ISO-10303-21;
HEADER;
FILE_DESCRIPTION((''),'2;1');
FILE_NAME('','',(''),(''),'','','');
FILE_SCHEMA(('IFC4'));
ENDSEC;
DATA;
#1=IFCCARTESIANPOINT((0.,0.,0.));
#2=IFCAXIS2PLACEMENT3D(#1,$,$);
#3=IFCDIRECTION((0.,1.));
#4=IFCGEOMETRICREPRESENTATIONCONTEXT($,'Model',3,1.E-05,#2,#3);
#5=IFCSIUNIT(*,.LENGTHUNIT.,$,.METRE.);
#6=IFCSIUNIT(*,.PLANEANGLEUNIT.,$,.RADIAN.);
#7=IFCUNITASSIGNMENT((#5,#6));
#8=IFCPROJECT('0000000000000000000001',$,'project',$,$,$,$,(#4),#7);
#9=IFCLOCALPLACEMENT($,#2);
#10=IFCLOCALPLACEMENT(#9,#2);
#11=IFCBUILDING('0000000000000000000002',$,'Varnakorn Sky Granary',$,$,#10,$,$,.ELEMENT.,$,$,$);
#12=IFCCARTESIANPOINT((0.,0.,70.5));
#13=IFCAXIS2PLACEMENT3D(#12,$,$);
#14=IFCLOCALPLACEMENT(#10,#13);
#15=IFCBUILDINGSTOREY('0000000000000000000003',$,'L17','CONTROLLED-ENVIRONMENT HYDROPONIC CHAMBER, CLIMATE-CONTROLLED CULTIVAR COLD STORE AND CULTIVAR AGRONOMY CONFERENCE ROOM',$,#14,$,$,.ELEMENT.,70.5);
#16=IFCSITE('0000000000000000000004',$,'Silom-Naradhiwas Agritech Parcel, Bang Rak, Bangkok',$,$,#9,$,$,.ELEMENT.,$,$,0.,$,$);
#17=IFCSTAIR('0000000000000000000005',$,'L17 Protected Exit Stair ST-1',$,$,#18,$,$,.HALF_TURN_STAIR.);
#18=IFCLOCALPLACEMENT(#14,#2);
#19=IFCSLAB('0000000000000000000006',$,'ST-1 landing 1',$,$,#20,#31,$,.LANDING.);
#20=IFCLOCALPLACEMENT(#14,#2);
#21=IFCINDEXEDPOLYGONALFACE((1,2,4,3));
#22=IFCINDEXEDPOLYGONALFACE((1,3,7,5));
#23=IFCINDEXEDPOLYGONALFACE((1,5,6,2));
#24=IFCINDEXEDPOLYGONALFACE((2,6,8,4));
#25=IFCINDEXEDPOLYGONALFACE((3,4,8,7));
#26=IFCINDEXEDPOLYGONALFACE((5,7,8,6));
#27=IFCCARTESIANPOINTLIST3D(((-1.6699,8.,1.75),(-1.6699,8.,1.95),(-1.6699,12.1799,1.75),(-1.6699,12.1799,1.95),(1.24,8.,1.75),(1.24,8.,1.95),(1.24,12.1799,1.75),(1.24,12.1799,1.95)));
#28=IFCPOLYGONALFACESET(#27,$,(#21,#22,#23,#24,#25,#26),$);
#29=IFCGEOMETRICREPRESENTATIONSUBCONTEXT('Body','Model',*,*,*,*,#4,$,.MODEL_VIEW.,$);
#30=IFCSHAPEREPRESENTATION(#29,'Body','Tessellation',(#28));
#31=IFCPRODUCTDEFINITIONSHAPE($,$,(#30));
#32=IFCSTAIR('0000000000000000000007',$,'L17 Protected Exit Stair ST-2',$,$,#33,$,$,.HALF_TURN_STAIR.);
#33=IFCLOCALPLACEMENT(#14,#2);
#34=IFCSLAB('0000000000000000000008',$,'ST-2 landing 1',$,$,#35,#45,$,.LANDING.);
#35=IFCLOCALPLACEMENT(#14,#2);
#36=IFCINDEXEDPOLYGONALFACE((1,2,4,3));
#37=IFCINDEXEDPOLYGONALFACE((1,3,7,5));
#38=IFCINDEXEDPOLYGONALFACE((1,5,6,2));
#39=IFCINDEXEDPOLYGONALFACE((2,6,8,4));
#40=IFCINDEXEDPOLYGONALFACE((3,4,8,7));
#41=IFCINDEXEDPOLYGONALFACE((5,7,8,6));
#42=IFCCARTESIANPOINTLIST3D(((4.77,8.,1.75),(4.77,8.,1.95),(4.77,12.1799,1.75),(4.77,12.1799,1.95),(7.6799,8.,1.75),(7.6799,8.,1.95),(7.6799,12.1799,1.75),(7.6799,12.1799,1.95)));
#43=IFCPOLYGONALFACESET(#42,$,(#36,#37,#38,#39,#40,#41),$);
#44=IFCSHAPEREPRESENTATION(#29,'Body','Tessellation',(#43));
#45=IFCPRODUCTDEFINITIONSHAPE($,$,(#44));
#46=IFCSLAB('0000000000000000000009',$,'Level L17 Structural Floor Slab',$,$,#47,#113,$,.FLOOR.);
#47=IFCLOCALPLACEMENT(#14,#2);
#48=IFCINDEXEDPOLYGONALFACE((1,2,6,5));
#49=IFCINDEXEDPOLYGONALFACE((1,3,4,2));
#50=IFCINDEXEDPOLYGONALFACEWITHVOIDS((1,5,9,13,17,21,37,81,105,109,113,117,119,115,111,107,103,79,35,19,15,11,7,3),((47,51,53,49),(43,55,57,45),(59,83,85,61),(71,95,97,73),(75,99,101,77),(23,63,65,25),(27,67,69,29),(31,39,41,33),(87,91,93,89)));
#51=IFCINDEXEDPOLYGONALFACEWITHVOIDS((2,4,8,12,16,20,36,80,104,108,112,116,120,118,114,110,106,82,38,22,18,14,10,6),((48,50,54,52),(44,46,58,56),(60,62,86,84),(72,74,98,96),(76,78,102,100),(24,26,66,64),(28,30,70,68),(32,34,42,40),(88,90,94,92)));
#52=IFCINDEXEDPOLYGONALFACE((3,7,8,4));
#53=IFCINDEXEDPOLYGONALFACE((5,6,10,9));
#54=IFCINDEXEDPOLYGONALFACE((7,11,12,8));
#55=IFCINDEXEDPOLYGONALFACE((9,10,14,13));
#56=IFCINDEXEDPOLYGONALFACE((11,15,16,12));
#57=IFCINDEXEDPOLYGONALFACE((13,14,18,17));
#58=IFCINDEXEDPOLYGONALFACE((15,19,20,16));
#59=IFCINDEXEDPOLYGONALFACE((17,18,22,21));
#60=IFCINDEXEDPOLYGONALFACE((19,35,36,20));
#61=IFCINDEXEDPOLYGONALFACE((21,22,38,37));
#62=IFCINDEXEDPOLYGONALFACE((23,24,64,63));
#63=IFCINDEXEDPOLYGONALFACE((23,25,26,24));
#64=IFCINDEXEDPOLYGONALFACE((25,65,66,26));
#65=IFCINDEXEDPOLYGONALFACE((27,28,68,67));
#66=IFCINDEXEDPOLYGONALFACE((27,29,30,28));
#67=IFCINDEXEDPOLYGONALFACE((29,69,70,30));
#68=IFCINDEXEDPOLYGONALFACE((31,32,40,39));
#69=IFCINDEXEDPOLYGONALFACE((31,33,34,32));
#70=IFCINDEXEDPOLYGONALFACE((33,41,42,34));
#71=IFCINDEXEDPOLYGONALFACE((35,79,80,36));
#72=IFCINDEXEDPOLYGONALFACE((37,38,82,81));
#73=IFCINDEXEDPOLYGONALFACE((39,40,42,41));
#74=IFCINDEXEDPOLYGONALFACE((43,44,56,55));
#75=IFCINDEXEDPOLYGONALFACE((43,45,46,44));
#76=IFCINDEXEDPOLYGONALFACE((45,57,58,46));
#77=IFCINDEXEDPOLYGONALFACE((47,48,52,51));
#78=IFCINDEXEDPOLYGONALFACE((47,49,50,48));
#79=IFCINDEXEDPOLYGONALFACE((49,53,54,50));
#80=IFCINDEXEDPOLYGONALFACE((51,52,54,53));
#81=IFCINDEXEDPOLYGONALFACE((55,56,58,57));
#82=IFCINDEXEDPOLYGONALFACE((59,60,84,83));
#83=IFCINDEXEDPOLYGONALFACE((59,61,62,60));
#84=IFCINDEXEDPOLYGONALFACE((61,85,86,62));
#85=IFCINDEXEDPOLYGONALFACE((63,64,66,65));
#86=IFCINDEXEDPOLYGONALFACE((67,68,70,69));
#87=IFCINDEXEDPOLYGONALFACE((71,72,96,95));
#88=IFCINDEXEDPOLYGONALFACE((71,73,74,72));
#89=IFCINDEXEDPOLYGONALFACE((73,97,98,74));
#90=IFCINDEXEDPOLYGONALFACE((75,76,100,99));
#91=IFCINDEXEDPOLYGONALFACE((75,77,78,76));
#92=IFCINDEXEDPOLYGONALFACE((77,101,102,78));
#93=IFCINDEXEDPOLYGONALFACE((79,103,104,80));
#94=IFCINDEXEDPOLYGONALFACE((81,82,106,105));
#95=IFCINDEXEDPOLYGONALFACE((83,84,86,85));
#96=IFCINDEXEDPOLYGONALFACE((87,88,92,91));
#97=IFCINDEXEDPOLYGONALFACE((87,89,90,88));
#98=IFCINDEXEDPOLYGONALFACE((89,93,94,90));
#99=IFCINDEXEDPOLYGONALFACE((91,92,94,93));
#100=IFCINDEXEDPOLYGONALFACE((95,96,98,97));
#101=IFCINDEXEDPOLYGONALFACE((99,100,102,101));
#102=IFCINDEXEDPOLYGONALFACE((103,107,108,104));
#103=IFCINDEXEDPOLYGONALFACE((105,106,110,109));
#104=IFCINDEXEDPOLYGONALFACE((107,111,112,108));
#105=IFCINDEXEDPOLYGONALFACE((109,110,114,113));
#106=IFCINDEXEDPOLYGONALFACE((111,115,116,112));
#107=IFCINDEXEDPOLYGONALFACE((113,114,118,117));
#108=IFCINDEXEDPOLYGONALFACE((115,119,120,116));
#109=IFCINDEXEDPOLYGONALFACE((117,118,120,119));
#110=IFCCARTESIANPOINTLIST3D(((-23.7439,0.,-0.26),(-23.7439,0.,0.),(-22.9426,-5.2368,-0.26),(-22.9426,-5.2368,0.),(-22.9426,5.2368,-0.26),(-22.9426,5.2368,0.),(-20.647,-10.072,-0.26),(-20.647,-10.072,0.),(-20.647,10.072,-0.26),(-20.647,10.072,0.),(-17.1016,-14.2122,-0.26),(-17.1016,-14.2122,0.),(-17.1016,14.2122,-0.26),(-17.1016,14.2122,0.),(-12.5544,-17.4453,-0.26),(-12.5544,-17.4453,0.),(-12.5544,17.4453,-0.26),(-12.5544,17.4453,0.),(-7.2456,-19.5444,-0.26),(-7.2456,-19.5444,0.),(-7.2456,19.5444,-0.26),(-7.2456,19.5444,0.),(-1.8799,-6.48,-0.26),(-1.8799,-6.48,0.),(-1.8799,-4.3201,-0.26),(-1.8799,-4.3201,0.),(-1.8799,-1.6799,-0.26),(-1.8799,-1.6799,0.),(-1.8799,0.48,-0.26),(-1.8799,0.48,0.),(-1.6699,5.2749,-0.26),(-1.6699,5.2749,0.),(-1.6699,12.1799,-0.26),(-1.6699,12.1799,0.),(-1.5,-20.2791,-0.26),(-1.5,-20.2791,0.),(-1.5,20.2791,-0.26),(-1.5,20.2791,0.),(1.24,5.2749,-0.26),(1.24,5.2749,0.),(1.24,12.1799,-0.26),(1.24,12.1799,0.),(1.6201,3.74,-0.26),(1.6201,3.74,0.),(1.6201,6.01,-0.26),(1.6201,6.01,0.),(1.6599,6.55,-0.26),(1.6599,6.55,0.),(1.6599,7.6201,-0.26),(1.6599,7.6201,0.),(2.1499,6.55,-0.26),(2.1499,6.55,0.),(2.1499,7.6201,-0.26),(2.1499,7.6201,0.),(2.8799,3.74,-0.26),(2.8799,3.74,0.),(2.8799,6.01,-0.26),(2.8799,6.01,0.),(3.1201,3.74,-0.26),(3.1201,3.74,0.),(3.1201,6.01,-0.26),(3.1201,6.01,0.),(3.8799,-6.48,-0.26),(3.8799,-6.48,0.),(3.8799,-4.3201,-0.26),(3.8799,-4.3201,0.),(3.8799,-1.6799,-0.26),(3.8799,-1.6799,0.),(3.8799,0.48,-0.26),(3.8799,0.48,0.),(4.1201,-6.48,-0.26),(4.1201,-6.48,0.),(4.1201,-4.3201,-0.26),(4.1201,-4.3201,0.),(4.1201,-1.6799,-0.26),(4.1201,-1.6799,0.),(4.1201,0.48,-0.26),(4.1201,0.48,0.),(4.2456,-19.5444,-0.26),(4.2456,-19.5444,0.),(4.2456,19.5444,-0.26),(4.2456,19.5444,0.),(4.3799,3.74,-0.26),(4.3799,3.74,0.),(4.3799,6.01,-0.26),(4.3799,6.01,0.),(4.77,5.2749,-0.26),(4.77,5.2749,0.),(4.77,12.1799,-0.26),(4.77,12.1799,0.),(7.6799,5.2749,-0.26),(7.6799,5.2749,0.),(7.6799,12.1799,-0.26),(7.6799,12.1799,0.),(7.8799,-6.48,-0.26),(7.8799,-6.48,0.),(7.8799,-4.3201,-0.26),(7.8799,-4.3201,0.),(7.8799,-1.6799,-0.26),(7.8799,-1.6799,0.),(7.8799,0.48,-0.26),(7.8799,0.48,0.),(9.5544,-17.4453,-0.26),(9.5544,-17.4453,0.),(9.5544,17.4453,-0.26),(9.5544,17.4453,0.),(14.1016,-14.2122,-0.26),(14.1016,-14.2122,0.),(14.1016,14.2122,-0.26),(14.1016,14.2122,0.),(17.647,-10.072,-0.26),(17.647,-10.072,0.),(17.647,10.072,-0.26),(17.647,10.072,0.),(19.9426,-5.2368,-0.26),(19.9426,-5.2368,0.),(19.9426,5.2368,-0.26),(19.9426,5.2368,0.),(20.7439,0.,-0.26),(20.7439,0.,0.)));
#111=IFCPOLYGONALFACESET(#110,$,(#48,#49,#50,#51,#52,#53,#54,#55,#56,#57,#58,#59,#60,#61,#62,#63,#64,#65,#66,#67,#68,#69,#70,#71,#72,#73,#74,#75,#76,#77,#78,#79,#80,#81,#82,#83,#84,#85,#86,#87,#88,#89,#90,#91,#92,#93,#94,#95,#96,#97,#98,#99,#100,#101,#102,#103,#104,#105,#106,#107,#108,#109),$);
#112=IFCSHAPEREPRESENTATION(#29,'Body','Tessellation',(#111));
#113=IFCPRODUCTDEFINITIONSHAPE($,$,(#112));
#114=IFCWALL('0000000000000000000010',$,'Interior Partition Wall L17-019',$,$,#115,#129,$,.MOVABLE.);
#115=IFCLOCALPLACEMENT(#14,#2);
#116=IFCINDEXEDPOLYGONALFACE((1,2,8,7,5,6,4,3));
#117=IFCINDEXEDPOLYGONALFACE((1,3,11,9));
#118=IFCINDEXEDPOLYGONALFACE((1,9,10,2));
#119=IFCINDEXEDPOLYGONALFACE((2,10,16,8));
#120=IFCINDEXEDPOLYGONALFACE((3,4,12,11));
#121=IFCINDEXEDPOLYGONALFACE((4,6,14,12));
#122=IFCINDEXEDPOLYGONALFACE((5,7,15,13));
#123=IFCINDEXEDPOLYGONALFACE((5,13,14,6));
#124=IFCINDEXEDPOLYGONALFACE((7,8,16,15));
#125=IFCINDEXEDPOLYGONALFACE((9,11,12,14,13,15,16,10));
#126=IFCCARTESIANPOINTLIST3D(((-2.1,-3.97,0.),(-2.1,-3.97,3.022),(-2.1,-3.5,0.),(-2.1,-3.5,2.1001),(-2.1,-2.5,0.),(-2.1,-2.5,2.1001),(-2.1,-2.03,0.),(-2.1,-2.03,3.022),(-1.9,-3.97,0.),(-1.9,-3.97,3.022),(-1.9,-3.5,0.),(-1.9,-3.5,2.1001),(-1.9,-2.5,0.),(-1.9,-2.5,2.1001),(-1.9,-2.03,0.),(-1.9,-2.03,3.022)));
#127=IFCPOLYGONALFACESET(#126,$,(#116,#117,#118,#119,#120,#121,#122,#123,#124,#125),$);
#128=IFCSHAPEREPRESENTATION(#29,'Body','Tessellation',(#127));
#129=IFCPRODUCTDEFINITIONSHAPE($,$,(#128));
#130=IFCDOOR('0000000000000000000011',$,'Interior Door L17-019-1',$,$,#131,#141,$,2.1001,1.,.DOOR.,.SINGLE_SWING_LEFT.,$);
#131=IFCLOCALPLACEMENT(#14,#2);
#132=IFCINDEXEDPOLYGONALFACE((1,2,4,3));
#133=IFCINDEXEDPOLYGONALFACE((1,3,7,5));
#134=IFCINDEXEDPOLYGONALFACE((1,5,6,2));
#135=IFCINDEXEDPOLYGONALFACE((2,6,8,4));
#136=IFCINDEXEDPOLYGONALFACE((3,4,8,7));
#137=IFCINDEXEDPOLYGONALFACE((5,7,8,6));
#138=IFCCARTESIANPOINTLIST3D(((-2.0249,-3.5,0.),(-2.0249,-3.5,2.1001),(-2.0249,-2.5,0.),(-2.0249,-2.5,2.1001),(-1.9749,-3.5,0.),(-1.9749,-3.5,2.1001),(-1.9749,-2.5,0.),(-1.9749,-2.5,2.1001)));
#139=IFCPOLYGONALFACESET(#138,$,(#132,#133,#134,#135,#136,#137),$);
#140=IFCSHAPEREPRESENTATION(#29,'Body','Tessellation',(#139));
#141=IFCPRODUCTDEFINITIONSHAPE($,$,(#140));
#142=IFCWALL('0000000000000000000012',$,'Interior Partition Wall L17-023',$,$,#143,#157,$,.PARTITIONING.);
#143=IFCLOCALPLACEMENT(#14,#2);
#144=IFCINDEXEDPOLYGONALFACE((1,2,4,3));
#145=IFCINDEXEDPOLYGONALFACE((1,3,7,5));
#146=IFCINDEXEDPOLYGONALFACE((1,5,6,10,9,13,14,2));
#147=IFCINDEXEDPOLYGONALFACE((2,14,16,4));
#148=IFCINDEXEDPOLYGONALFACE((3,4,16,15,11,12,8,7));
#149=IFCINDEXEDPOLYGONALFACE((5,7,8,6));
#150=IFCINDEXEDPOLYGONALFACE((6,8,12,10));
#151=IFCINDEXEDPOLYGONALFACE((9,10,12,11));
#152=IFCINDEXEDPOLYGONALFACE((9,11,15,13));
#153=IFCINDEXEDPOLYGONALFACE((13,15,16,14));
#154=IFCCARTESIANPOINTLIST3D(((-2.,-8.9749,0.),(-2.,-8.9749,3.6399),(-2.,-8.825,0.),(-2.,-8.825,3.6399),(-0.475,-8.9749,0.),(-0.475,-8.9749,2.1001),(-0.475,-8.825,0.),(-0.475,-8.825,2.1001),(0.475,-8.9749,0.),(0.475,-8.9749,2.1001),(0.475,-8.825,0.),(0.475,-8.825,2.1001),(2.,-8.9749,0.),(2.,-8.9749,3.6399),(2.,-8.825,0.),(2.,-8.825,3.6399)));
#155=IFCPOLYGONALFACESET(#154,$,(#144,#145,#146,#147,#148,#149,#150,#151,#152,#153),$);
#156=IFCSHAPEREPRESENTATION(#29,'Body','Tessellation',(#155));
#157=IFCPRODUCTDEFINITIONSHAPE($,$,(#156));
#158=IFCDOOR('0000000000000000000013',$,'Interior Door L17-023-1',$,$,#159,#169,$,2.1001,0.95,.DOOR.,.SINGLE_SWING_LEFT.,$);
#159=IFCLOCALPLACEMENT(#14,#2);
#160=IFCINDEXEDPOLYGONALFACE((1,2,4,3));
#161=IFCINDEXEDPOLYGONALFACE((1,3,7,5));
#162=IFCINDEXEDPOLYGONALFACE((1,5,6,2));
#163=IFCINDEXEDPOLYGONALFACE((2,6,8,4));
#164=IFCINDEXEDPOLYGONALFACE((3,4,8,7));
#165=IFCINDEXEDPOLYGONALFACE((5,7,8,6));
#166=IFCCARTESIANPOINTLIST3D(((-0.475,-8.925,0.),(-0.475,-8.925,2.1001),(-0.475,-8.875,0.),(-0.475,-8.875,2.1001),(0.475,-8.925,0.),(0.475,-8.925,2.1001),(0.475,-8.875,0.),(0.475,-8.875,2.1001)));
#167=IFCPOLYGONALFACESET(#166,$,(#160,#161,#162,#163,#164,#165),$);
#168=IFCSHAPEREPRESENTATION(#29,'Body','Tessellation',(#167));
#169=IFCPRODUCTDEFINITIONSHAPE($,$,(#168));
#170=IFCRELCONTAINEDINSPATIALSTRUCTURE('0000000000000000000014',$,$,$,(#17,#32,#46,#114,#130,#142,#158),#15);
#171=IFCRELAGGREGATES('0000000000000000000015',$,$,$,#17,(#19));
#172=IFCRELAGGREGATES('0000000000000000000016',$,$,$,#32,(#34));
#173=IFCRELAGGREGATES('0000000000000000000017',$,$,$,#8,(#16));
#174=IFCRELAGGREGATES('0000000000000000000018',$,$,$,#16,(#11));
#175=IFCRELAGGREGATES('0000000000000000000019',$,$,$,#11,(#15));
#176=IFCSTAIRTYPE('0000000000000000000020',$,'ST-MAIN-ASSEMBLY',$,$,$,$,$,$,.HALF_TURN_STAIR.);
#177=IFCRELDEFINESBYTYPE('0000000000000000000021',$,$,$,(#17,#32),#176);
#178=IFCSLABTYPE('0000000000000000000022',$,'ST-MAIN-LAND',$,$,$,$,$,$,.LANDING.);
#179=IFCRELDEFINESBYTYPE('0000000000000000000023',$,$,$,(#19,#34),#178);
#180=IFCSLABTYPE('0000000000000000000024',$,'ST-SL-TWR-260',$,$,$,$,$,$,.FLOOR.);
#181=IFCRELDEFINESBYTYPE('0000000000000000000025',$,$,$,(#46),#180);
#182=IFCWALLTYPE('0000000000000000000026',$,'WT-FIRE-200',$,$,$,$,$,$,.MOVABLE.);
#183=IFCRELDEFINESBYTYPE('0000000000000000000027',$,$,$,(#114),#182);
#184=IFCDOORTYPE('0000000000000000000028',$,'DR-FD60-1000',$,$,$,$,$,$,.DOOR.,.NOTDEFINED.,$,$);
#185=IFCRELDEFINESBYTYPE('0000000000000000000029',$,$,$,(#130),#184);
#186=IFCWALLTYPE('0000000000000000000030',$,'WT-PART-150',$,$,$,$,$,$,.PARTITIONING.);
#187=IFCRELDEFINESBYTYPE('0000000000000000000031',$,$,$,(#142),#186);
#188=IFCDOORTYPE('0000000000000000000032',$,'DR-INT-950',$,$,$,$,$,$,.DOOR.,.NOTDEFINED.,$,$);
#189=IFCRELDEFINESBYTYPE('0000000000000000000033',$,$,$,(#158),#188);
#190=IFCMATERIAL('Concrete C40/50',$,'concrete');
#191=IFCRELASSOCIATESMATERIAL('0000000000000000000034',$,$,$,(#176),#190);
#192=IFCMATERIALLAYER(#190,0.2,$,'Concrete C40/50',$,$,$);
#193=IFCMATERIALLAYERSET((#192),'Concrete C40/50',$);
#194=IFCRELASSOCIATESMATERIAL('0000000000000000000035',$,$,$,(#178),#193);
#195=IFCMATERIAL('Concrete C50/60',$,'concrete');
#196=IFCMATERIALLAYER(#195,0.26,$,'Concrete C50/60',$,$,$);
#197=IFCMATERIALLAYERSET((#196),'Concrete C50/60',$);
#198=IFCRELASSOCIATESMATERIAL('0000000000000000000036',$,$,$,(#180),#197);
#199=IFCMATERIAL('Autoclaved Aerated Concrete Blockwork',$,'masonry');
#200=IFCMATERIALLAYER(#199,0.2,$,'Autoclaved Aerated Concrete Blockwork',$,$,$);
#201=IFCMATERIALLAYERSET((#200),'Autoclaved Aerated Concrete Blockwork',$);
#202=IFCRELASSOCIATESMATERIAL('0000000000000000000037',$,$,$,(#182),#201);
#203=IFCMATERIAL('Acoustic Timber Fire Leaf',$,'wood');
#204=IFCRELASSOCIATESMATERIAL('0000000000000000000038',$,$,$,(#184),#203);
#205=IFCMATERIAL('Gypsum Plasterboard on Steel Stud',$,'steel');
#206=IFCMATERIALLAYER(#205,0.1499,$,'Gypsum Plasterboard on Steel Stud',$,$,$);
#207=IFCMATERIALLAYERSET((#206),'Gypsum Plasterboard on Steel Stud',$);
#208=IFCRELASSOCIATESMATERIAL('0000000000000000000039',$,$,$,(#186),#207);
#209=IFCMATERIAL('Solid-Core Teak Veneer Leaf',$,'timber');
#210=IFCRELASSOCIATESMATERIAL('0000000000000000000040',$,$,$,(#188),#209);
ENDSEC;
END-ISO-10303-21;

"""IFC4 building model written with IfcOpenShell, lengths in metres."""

from ifc_helpers import new_model, si_unit, direction, frame, frame_2d, origin, place, context, subcontext, project, spatial, polyline, rectangle, outline, extrude, material, layer, layer_set, type_object, element, fill, aggregate, save


model = new_model("IFC4")

# Units and contexts
model_context = context("Model", 3, precision=1e-05, world=origin(), true_north=direction((0.0, 1.0)))
body_context = subcontext(model_context, "Body", "Model", "MODEL_VIEW")
ifc_project = project(units=[si_unit("LENGTHUNIT", "METRE"), si_unit("PLANEANGLEUNIT", "RADIAN")], contexts=[model_context])

# Site, building, storey
site_placement = place(None, origin())
site = spatial("IfcSite", under=ifc_project, at=site_placement, Name="Silom-Naradhiwas Agritech Parcel, Bang Rak, Bangkok", CompositionType="ELEMENT", RefElevation=0.0)
building_placement = place(site_placement, origin())
building = spatial("IfcBuilding", under=site, at=building_placement, Name="Varnakorn Sky Granary", CompositionType="ELEMENT")
storey_placement = place(building_placement, frame((0.0, 0.0, 70.5)))
storey = spatial("IfcBuildingStorey", under=building, at=storey_placement, Name="L17", Description="CONTROLLED-ENVIRONMENT HYDROPONIC CHAMBER, CLIMATE-CONTROLLED CULTIVAR COLD STORE AND CULTIVAR AGRONOMY CONFERENCE ROOM", CompositionType="ELEMENT", Elevation=70.5)

# Stairs, slabs
ifc_material_1 = material(Name="Concrete C40/50", Category="concrete")
stair_type = type_object("IfcStairType", Name="ST-MAIN-ASSEMBLY", PredefinedType="HALF_TURN_STAIR", material=ifc_material_1)
stair_1_placement = place(storey_placement, origin())
stair_1 = element("IfcStair", 1, at=stair_1_placement, inside=storey, type_object=stair_type, Name="L17 Protected Exit Stair ST-1", PredefinedType="HALF_TURN_STAIR")
ifc_layer_1 = layer(ifc_material_1, 0.2, Name="Concrete C40/50")
ifc_layer_set_1 = layer_set([ifc_layer_1], Name="Concrete C40/50")
slab_type_1 = type_object("IfcSlabType", Name="ST-MAIN-LAND", PredefinedType="LANDING", material=ifc_layer_set_1)
slab_1_placement = place(storey_placement, frame((0.0, 0.0, 1.75)))
slab_1 = element("IfcSlab", 2, at=slab_1_placement, type_object=slab_type_1, Name="ST-1 landing 1", PredefinedType="LANDING", context=body_context, shape_type="SweptSolid", body=[
    extrude(outline(polyline([(1.24, 8.0), (1.24, 12.1799), (-1.6699, 12.1799), (-1.6699, 8.0), (1.24, 8.0)])), origin(), (0.0, 0.0, 1.0), 0.2),
])
aggregate(stair_1, [slab_1])
stair_2_placement = place(storey_placement, origin())
stair_2 = element("IfcStair", 3, at=stair_2_placement, inside=storey, type_object=stair_type, Name="L17 Protected Exit Stair ST-2", PredefinedType="HALF_TURN_STAIR")
slab_2_placement = place(storey_placement, frame((0.0, 0.0, 1.75)))
slab_2 = element("IfcSlab", 4, at=slab_2_placement, type_object=slab_type_1, Name="ST-2 landing 1", PredefinedType="LANDING", context=body_context, shape_type="SweptSolid", body=[
    extrude(outline(polyline([(7.6799, 8.0), (7.6799, 12.1799), (4.77, 12.1799), (4.77, 8.0), (7.6799, 8.0)])), origin(), (0.0, 0.0, 1.0), 0.2),
])
aggregate(stair_2, [slab_2])

# Slab
ifc_material_2 = material(Name="Concrete C50/60", Category="concrete")
ifc_layer_2 = layer(ifc_material_2, 0.26, Name="Concrete C50/60")
ifc_layer_set_2 = layer_set([ifc_layer_2], Name="Concrete C50/60")
slab_type_2 = type_object("IfcSlabType", Name="ST-SL-TWR-260", PredefinedType="FLOOR", material=ifc_layer_set_2)
slab_3_placement = place(storey_placement, frame((0.0, 0.0, -0.26)))
element("IfcSlab", 5, at=slab_3_placement, inside=storey, type_object=slab_type_2, Name="Level L17 Structural Floor Slab", PredefinedType="FLOOR", context=body_context, shape_type="SweptSolid", body=[
    extrude(outline(polyline([(20.7439, 0.0), (19.9426, 5.2368), (17.647, 10.072), (14.1016, 14.2122), (9.5544, 17.4453), (4.2456, 19.5444), (-1.5, 20.2791), (-7.2456, 19.5444), (-12.5544, 17.4453), (-17.1016, 14.2122), (-20.647, 10.072), (-22.9426, 5.2368), (-23.7439, 0.0), (-22.9426, -5.2368), (-20.647, -10.072), (-17.1016, -14.2122), (-12.5544, -17.4453), (-7.2456, -19.5444), (-1.5, -20.2791), (4.2456, -19.5444), (9.5544, -17.4453), (14.1016, -14.2122), (17.647, -10.072), (19.9426, -5.2368), (20.7439, 0.0)]), holes=[polyline([(1.24, 5.2749), (1.24, 12.1799), (-1.6699, 12.1799), (-1.6699, 5.2749), (1.24, 5.2749)]), polyline([(7.6799, 5.2749), (7.6799, 12.1799), (4.77, 12.1799), (4.77, 5.2749), (7.6799, 5.2749)]), polyline([(1.6599, 6.55), (2.1499, 6.55), (2.1499, 7.6201), (1.6599, 7.6201), (1.6599, 6.55)]), polyline([(1.6201, 3.74), (2.8799, 3.74), (2.8799, 6.01), (1.6201, 6.01), (1.6201, 3.74)]), polyline([(3.1201, 3.74), (4.3799, 3.74), (4.3799, 6.01), (3.1201, 6.01), (3.1201, 3.74)]), polyline([(-1.8799, -1.6799), (3.8799, -1.6799), (3.8799, 0.48), (-1.8799, 0.48), (-1.8799, -1.6799)]), polyline([(4.1201, -1.6799), (7.8799, -1.6799), (7.8799, 0.48), (4.1201, 0.48), (4.1201, -1.6799)]), polyline([(-1.8799, -6.48), (3.8799, -6.48), (3.8799, -4.3201), (-1.8799, -4.3201), (-1.8799, -6.48)]), polyline([(4.1201, -6.48), (7.8799, -6.48), (7.8799, -4.3201), (4.1201, -4.3201), (4.1201, -6.48)])]), origin(), (0.0, 0.0, 1.0), 0.26),
])

# Walls, openings, doors
ifc_material_3 = material(Name="Autoclaved Aerated Concrete Blockwork", Category="masonry")
ifc_layer_3 = layer(ifc_material_3, 0.2, Name="Autoclaved Aerated Concrete Blockwork")
ifc_layer_set_3 = layer_set([ifc_layer_3], Name="Autoclaved Aerated Concrete Blockwork")
wall_type_1 = type_object("IfcWallType", Name="WT-FIRE-200", PredefinedType="MOVABLE", material=ifc_layer_set_3)
wall_1_placement = place(storey_placement, frame((-2.0, -3.97, 0.0), z_axis=(0.0, 0.0, 1.0), x_axis=(0.0, 1.0, 0.0)))
wall_1 = element("IfcWall", 6, at=wall_1_placement, inside=storey, type_object=wall_type_1, Name="Interior Partition Wall L17-019", PredefinedType="MOVABLE", context=body_context, shape_type="SweptSolid", body=[
    extrude(rectangle(XDim=1.9399, YDim=0.2, at=frame_2d((0.97, 0.0))), origin(), (0.0, 0.0, 1.0), 3.022),
])
opening_1_placement = place(wall_1_placement, frame((0.47, 0.0, 0.0)))
opening_1 = element("IfcOpeningElement", 7, at=opening_1_placement, cuts=wall_1, PredefinedType="OPENING", context=body_context, shape_type="SweptSolid", body=[
    extrude(rectangle(XDim=1.0, YDim=2.1001, at=frame_2d((0.5, 1.05))), frame((0.0, 0.1099, 0.0), z_axis=(0.0, -1.0, 0.0), x_axis=(1.0, 0.0, 0.0)), (0.0, 0.0, 1.0), 0.22),
])
ifc_material_4 = material(Name="Acoustic Timber Fire Leaf", Category="wood")
door_type_1 = type_object("IfcDoorType", Name="DR-FD60-1000", OperationType="NOTDEFINED", PredefinedType="DOOR", material=ifc_material_4)
door_1_placement = place(opening_1_placement, origin())
door_1 = element("IfcDoor", 8, at=door_1_placement, inside=storey, type_object=door_type_1, Name="Interior Door L17-019-1", OperationType="SINGLE_SWING_LEFT", OverallHeight=2.1001, OverallWidth=1.0, PredefinedType="DOOR", context=body_context, shape_type="SweptSolid", body=[
    extrude(rectangle(XDim=1.0, YDim=2.1001, at=frame_2d((0.5, 1.05))), frame((0.0, 0.0249, 0.0), z_axis=(0.0, -1.0, 0.0), x_axis=(1.0, 0.0, 0.0)), (0.0, 0.0, 1.0), 0.05),
])
fill(opening_1, door_1)
ifc_material_5 = material(Name="Gypsum Plasterboard on Steel Stud", Category="steel")
ifc_layer_4 = layer(ifc_material_5, 0.1499, Name="Gypsum Plasterboard on Steel Stud")
ifc_layer_set_4 = layer_set([ifc_layer_4], Name="Gypsum Plasterboard on Steel Stud")
wall_type_2 = type_object("IfcWallType", Name="WT-PART-150", PredefinedType="PARTITIONING", material=ifc_layer_set_4)
wall_2_placement = place(storey_placement, frame((-2.0, -8.8999, 0.0), z_axis=(0.0, 0.0, 1.0), x_axis=(1.0, 0.0, 0.0)))
wall_2 = element("IfcWall", 9, at=wall_2_placement, inside=storey, type_object=wall_type_2, Name="Interior Partition Wall L17-023", PredefinedType="PARTITIONING", context=body_context, shape_type="SweptSolid", body=[
    extrude(rectangle(XDim=4.0, YDim=0.1499, at=frame_2d((2.0, 0.0))), origin(), (0.0, 0.0, 1.0), 3.6399),
])
opening_2_placement = place(wall_2_placement, frame((1.5249, 0.0, 0.0)))
opening_2 = element("IfcOpeningElement", 10, at=opening_2_placement, cuts=wall_2, PredefinedType="OPENING", context=body_context, shape_type="SweptSolid", body=[
    extrude(rectangle(XDim=0.95, YDim=2.1001, at=frame_2d((0.4751, 1.05))), frame((0.0, 0.085, 0.0), z_axis=(0.0, -1.0, 0.0), x_axis=(1.0, 0.0, 0.0)), (0.0, 0.0, 1.0), 0.1699),
])
ifc_material_6 = material(Name="Solid-Core Teak Veneer Leaf", Category="timber")
door_type_2 = type_object("IfcDoorType", Name="DR-INT-950", OperationType="NOTDEFINED", PredefinedType="DOOR", material=ifc_material_6)
door_2_placement = place(opening_2_placement, origin())
door_2 = element("IfcDoor", 11, at=door_2_placement, inside=storey, type_object=door_type_2, Name="Interior Door L17-023-1", OperationType="SINGLE_SWING_LEFT", OverallHeight=2.1001, OverallWidth=0.95, PredefinedType="DOOR", context=body_context, shape_type="SweptSolid", body=[
    extrude(rectangle(XDim=0.95, YDim=2.1001, at=frame_2d((0.4751, 1.05))), frame((0.0, 0.0249, 0.0), z_axis=(0.0, -1.0, 0.0), x_axis=(1.0, 0.0, 0.0)), (0.0, 0.0, 1.0), 0.05),
])
fill(opening_2, door_2)

save(model, "model.ifc")
